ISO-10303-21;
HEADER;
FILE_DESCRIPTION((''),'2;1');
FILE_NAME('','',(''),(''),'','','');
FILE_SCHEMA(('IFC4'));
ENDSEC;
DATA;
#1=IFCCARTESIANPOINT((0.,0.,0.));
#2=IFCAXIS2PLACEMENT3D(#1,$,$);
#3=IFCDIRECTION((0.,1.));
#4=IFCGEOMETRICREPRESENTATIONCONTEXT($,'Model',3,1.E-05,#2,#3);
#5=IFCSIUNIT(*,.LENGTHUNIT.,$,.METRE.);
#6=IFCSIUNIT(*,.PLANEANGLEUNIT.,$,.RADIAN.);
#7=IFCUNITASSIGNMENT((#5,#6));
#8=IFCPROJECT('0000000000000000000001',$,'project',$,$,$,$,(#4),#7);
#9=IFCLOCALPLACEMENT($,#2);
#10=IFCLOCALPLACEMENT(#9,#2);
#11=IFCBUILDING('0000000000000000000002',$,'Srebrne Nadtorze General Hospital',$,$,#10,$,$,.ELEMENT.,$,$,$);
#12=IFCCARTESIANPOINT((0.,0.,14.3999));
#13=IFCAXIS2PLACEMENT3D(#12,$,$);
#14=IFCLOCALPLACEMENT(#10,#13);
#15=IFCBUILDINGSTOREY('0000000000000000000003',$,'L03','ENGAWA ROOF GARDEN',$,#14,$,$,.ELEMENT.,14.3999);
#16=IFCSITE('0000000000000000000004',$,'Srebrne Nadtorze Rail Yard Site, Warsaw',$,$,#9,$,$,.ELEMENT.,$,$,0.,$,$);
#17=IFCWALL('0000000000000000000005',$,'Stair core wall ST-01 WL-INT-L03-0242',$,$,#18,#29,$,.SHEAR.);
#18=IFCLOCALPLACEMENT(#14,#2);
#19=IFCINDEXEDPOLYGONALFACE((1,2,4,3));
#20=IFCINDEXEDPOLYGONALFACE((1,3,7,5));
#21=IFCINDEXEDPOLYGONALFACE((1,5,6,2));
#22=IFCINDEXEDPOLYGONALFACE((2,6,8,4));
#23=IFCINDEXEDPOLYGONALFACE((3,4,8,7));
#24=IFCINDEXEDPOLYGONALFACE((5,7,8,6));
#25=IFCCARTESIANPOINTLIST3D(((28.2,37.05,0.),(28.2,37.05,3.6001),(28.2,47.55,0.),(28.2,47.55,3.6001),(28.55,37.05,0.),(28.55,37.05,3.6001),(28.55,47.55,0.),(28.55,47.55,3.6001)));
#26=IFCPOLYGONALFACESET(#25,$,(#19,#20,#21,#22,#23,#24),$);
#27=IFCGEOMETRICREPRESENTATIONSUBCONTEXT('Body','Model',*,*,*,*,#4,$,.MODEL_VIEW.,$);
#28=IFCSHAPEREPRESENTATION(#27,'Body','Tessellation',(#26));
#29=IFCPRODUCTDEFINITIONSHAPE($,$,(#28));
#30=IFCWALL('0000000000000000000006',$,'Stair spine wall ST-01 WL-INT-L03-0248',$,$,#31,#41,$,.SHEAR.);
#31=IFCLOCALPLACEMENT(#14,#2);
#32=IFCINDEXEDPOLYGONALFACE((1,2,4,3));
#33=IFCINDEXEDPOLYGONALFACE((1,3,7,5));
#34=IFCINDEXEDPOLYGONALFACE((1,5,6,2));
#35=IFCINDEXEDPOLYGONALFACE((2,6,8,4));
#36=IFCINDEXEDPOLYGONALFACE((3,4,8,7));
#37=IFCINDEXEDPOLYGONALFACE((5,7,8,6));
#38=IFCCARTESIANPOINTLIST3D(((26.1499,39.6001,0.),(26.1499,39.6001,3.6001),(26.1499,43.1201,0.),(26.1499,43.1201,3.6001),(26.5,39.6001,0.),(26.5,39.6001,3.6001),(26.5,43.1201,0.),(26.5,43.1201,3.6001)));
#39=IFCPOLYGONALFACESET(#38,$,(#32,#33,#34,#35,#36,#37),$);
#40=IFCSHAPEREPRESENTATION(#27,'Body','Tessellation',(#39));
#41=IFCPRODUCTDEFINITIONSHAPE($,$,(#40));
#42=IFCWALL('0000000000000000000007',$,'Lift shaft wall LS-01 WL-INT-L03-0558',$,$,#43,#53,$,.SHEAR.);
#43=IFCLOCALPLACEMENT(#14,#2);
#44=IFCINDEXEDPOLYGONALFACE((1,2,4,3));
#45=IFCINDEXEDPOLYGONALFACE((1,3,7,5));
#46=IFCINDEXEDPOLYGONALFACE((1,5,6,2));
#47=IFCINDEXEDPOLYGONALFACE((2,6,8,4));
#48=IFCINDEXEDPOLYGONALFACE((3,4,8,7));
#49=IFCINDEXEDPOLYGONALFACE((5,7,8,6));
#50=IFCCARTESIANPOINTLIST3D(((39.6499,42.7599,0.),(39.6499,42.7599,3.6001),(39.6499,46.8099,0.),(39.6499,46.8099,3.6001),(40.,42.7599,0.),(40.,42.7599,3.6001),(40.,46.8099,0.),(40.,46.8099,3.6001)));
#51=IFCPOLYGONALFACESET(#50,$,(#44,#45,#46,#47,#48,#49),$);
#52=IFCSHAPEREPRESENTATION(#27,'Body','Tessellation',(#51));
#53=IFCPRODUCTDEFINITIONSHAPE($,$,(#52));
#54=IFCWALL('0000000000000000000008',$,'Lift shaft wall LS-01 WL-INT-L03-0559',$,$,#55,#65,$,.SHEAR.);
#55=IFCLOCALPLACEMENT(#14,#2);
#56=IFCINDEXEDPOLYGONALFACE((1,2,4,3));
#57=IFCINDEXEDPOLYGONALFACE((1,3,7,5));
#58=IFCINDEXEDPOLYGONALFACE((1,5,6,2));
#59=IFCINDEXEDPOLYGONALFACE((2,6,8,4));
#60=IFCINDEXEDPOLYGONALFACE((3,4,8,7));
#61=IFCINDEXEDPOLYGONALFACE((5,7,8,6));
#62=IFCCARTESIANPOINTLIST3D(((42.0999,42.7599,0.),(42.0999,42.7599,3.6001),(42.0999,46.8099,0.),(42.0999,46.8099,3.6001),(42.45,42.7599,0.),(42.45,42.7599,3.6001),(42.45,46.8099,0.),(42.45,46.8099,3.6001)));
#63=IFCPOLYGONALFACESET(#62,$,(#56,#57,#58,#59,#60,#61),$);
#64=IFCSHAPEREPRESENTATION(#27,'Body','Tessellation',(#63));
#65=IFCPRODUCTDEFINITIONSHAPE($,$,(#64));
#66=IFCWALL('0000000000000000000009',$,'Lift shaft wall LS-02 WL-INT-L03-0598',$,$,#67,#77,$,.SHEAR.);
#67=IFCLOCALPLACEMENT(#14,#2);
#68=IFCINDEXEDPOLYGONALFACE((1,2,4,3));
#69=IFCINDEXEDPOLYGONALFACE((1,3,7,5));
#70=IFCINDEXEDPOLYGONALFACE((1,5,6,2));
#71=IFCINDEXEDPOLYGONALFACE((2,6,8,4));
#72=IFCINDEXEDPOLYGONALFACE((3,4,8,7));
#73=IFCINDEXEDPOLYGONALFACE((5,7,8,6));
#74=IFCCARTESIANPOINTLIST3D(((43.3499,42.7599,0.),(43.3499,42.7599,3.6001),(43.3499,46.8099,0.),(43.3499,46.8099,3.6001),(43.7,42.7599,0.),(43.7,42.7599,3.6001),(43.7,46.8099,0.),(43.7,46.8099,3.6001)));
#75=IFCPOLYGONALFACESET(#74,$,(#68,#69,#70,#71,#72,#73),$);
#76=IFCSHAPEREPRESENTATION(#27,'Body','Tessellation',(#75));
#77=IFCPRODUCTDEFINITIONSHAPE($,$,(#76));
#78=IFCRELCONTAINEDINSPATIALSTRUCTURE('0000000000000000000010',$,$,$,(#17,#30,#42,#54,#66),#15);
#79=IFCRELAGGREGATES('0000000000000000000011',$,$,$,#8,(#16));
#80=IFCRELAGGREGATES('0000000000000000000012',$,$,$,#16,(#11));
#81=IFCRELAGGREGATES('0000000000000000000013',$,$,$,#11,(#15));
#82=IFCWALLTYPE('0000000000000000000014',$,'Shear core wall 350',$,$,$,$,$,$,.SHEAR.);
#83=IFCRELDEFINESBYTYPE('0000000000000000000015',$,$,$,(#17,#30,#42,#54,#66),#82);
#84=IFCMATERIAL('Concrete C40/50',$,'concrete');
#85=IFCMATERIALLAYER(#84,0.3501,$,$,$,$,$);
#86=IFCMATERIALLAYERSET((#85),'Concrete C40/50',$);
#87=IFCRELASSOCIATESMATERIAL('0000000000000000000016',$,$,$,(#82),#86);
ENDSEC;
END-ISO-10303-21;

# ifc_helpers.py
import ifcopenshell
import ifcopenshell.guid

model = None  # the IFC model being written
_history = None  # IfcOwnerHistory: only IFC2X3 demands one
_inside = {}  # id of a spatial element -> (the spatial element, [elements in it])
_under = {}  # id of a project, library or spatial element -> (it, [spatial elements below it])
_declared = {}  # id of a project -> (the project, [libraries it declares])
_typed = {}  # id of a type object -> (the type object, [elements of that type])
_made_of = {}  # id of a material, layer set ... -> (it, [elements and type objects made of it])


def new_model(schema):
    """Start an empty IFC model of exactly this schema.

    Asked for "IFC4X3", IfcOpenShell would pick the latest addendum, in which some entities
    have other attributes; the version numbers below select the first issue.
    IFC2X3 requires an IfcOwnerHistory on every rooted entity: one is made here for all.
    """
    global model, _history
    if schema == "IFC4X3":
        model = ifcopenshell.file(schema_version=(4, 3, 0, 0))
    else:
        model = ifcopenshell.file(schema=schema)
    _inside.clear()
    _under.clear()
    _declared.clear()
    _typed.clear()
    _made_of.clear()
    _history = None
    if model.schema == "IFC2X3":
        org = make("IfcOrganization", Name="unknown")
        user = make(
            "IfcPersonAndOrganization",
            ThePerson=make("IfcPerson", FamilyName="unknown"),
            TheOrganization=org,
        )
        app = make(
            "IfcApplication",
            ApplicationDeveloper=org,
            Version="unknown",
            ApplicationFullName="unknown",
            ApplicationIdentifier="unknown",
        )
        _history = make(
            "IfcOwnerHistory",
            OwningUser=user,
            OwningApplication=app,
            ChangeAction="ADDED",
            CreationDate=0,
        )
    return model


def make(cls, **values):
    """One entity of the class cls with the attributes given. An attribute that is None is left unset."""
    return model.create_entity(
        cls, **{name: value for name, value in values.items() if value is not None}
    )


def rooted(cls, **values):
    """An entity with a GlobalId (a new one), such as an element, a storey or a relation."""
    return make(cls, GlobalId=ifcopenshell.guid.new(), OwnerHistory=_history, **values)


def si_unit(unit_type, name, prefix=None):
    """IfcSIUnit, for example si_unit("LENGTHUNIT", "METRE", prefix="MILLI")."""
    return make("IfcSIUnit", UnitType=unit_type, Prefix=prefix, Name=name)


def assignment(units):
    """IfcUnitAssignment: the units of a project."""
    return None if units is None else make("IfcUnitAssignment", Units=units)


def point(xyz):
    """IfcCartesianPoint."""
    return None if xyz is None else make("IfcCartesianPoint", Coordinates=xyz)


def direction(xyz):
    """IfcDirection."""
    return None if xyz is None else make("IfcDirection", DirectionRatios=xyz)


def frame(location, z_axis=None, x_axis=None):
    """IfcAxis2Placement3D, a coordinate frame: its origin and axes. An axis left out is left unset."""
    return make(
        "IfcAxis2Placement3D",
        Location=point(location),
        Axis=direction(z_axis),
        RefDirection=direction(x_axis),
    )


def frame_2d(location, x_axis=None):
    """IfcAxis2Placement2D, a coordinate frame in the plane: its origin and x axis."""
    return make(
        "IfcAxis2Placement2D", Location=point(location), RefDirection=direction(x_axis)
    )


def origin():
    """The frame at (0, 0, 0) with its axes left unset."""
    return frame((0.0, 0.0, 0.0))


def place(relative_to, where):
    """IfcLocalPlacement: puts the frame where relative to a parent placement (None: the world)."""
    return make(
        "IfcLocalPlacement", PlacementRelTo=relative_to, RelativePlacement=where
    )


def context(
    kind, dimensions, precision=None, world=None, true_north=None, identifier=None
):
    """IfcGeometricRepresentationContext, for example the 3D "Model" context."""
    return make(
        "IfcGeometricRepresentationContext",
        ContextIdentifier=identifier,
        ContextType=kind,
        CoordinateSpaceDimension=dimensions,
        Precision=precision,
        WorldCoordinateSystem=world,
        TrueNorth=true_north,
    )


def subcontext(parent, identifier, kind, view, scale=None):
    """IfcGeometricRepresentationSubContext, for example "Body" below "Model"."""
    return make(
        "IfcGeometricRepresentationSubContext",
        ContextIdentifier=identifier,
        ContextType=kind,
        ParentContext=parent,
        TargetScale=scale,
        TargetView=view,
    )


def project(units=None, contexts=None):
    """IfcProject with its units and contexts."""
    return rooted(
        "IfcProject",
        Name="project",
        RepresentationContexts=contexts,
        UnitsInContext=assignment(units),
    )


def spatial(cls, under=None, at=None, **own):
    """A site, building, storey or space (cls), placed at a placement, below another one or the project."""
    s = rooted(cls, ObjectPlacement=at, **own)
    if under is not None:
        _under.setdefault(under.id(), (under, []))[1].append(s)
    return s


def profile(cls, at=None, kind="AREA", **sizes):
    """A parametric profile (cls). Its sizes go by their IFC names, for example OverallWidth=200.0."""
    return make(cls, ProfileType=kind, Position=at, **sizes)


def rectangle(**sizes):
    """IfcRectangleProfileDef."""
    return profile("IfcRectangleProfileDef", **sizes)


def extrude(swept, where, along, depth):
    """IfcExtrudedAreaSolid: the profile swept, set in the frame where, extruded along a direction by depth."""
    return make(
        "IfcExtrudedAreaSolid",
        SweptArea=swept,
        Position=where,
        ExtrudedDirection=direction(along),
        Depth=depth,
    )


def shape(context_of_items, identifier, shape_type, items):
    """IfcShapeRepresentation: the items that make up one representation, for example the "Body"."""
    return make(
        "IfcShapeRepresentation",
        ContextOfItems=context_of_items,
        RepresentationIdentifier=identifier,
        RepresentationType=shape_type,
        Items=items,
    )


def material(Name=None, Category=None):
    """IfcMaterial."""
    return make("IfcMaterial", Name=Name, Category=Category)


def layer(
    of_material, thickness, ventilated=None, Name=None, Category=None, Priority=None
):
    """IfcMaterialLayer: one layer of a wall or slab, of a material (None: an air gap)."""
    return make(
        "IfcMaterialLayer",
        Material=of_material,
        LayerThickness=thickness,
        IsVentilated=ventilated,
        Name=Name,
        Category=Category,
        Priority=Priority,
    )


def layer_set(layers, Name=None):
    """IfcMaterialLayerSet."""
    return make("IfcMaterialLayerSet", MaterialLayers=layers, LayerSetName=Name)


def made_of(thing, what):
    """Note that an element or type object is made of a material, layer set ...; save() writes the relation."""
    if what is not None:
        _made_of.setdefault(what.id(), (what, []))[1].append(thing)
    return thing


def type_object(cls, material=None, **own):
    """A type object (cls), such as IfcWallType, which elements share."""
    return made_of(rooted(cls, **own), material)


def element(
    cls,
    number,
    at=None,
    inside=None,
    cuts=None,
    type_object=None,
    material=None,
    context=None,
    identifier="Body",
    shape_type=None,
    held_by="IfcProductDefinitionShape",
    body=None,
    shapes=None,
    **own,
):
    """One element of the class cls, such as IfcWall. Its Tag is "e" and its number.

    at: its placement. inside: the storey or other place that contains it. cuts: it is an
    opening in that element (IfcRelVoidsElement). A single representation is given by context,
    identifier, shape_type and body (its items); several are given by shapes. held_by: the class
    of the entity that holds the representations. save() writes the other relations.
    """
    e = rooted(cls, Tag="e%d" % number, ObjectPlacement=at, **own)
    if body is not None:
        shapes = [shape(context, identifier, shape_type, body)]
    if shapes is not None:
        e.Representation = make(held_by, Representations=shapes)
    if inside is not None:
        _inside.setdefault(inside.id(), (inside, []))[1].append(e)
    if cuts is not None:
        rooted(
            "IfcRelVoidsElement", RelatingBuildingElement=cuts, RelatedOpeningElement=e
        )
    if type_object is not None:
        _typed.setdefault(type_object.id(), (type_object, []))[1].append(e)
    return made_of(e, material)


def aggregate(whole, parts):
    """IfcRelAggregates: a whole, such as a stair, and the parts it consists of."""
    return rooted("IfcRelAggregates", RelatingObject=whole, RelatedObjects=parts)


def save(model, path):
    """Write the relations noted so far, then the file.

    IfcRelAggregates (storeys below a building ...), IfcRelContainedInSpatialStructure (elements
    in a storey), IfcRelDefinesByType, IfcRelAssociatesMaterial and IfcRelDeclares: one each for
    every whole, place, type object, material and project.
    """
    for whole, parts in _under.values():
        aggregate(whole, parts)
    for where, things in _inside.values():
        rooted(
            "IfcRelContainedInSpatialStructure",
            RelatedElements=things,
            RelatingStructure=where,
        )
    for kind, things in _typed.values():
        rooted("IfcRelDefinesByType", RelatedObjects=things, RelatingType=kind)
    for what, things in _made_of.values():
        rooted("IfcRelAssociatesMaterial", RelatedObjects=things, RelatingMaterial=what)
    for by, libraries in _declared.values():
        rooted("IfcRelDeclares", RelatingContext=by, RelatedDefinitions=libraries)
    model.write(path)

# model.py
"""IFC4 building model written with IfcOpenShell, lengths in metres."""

from ifc_helpers import new_model, si_unit, direction, frame, frame_2d, origin, place, context, subcontext, project, spatial, rectangle, extrude, material, layer, layer_set, type_object, element, save


model = new_model("IFC4")

# Units and contexts
model_context = context("Model", 3, precision=1e-05, world=origin(), true_north=direction((0.0, 1.0)))
body_context = subcontext(model_context, "Body", "Model", "MODEL_VIEW")
ifc_project = project(units=[si_unit("LENGTHUNIT", "METRE"), si_unit("PLANEANGLEUNIT", "RADIAN")], contexts=[model_context])

# Site, building, storey
site_placement = place(None, origin())
site = spatial("IfcSite", under=ifc_project, at=site_placement, Name="Srebrne Nadtorze Rail Yard Site, Warsaw", CompositionType="ELEMENT", RefElevation=0.0)
building_placement = place(site_placement, origin())
building = spatial("IfcBuilding", under=site, at=building_placement, Name="Srebrne Nadtorze General Hospital", CompositionType="ELEMENT")
storey_placement = place(building_placement, frame((0.0, 0.0, 14.3999)))
storey = spatial("IfcBuildingStorey", under=building, at=storey_placement, Name="L03", Description="ENGAWA ROOF GARDEN", CompositionType="ELEMENT", Elevation=14.3999)

# Walls
ifc_material_1 = material(Name="Concrete C40/50", Category="concrete")
ifc_layer_1 = layer(ifc_material_1, 0.3501)
ifc_layer_set_1 = layer_set([ifc_layer_1], Name="Concrete C40/50")
wall_type_1 = type_object("IfcWallType", Name="Shear core wall 350", PredefinedType="SHEAR", material=ifc_layer_set_1)
wall_1_placement = place(storey_placement, frame((28.375, 37.05, 0.0), z_axis=(0.0, 0.0, 1.0), x_axis=(0.0, 1.0, 0.0)))
element("IfcWall", 1, at=wall_1_placement, inside=storey, type_object=wall_type_1, Name="Stair core wall ST-01 WL-INT-L03-0242", PredefinedType="SHEAR", context=body_context, shape_type="SweptSolid", body=[
    extrude(rectangle(XDim=10.5, YDim=0.3501, at=frame_2d((5.25, 0.0))), origin(), (0.0, 0.0, 1.0), 3.6001),
])
wall_2_placement = place(storey_placement, frame((26.325, 39.6001, 0.0), z_axis=(0.0, 0.0, 1.0), x_axis=(0.0, 1.0, 0.0)))
element("IfcWall", 2, at=wall_2_placement, inside=storey, type_object=wall_type_1, Name="Stair spine wall ST-01 WL-INT-L03-0248", PredefinedType="SHEAR", context=body_context, shape_type="SweptSolid", body=[
    extrude(rectangle(XDim=3.52, YDim=0.3501, at=frame_2d((1.76, 0.0))), origin(), (0.0, 0.0, 1.0), 3.6001),
])
for number, where, z_axis, x_axis, name in (
    (3, (39.825, 42.76, 0.0), (0.0, 0.0, 1.0), (0.0, 1.0, 0.0), "Lift shaft wall LS-01 WL-INT-L03-0558"),
    (4, (42.2749, 42.76, 0.0), (0.0, 0.0, 1.0), (0.0, 1.0, 0.0), "Lift shaft wall LS-01 WL-INT-L03-0559"),
    (5, (43.5249, 42.76, 0.0), (0.0, 0.0, 1.0), (0.0, 1.0, 0.0), "Lift shaft wall LS-02 WL-INT-L03-0598"),
):
    element("IfcWall", number, at=place(storey_placement, frame(where, z_axis=z_axis, x_axis=x_axis)), inside=storey, type_object=wall_type_1, Name=name, PredefinedType="SHEAR", context=body_context, shape_type="SweptSolid", body=[
        extrude(rectangle(XDim=4.05, YDim=0.3501, at=frame_2d((2.0249, 0.0))), origin(), (0.0, 0.0, 1.0), 3.6001),
    ])

save(model, "model.ifc")
